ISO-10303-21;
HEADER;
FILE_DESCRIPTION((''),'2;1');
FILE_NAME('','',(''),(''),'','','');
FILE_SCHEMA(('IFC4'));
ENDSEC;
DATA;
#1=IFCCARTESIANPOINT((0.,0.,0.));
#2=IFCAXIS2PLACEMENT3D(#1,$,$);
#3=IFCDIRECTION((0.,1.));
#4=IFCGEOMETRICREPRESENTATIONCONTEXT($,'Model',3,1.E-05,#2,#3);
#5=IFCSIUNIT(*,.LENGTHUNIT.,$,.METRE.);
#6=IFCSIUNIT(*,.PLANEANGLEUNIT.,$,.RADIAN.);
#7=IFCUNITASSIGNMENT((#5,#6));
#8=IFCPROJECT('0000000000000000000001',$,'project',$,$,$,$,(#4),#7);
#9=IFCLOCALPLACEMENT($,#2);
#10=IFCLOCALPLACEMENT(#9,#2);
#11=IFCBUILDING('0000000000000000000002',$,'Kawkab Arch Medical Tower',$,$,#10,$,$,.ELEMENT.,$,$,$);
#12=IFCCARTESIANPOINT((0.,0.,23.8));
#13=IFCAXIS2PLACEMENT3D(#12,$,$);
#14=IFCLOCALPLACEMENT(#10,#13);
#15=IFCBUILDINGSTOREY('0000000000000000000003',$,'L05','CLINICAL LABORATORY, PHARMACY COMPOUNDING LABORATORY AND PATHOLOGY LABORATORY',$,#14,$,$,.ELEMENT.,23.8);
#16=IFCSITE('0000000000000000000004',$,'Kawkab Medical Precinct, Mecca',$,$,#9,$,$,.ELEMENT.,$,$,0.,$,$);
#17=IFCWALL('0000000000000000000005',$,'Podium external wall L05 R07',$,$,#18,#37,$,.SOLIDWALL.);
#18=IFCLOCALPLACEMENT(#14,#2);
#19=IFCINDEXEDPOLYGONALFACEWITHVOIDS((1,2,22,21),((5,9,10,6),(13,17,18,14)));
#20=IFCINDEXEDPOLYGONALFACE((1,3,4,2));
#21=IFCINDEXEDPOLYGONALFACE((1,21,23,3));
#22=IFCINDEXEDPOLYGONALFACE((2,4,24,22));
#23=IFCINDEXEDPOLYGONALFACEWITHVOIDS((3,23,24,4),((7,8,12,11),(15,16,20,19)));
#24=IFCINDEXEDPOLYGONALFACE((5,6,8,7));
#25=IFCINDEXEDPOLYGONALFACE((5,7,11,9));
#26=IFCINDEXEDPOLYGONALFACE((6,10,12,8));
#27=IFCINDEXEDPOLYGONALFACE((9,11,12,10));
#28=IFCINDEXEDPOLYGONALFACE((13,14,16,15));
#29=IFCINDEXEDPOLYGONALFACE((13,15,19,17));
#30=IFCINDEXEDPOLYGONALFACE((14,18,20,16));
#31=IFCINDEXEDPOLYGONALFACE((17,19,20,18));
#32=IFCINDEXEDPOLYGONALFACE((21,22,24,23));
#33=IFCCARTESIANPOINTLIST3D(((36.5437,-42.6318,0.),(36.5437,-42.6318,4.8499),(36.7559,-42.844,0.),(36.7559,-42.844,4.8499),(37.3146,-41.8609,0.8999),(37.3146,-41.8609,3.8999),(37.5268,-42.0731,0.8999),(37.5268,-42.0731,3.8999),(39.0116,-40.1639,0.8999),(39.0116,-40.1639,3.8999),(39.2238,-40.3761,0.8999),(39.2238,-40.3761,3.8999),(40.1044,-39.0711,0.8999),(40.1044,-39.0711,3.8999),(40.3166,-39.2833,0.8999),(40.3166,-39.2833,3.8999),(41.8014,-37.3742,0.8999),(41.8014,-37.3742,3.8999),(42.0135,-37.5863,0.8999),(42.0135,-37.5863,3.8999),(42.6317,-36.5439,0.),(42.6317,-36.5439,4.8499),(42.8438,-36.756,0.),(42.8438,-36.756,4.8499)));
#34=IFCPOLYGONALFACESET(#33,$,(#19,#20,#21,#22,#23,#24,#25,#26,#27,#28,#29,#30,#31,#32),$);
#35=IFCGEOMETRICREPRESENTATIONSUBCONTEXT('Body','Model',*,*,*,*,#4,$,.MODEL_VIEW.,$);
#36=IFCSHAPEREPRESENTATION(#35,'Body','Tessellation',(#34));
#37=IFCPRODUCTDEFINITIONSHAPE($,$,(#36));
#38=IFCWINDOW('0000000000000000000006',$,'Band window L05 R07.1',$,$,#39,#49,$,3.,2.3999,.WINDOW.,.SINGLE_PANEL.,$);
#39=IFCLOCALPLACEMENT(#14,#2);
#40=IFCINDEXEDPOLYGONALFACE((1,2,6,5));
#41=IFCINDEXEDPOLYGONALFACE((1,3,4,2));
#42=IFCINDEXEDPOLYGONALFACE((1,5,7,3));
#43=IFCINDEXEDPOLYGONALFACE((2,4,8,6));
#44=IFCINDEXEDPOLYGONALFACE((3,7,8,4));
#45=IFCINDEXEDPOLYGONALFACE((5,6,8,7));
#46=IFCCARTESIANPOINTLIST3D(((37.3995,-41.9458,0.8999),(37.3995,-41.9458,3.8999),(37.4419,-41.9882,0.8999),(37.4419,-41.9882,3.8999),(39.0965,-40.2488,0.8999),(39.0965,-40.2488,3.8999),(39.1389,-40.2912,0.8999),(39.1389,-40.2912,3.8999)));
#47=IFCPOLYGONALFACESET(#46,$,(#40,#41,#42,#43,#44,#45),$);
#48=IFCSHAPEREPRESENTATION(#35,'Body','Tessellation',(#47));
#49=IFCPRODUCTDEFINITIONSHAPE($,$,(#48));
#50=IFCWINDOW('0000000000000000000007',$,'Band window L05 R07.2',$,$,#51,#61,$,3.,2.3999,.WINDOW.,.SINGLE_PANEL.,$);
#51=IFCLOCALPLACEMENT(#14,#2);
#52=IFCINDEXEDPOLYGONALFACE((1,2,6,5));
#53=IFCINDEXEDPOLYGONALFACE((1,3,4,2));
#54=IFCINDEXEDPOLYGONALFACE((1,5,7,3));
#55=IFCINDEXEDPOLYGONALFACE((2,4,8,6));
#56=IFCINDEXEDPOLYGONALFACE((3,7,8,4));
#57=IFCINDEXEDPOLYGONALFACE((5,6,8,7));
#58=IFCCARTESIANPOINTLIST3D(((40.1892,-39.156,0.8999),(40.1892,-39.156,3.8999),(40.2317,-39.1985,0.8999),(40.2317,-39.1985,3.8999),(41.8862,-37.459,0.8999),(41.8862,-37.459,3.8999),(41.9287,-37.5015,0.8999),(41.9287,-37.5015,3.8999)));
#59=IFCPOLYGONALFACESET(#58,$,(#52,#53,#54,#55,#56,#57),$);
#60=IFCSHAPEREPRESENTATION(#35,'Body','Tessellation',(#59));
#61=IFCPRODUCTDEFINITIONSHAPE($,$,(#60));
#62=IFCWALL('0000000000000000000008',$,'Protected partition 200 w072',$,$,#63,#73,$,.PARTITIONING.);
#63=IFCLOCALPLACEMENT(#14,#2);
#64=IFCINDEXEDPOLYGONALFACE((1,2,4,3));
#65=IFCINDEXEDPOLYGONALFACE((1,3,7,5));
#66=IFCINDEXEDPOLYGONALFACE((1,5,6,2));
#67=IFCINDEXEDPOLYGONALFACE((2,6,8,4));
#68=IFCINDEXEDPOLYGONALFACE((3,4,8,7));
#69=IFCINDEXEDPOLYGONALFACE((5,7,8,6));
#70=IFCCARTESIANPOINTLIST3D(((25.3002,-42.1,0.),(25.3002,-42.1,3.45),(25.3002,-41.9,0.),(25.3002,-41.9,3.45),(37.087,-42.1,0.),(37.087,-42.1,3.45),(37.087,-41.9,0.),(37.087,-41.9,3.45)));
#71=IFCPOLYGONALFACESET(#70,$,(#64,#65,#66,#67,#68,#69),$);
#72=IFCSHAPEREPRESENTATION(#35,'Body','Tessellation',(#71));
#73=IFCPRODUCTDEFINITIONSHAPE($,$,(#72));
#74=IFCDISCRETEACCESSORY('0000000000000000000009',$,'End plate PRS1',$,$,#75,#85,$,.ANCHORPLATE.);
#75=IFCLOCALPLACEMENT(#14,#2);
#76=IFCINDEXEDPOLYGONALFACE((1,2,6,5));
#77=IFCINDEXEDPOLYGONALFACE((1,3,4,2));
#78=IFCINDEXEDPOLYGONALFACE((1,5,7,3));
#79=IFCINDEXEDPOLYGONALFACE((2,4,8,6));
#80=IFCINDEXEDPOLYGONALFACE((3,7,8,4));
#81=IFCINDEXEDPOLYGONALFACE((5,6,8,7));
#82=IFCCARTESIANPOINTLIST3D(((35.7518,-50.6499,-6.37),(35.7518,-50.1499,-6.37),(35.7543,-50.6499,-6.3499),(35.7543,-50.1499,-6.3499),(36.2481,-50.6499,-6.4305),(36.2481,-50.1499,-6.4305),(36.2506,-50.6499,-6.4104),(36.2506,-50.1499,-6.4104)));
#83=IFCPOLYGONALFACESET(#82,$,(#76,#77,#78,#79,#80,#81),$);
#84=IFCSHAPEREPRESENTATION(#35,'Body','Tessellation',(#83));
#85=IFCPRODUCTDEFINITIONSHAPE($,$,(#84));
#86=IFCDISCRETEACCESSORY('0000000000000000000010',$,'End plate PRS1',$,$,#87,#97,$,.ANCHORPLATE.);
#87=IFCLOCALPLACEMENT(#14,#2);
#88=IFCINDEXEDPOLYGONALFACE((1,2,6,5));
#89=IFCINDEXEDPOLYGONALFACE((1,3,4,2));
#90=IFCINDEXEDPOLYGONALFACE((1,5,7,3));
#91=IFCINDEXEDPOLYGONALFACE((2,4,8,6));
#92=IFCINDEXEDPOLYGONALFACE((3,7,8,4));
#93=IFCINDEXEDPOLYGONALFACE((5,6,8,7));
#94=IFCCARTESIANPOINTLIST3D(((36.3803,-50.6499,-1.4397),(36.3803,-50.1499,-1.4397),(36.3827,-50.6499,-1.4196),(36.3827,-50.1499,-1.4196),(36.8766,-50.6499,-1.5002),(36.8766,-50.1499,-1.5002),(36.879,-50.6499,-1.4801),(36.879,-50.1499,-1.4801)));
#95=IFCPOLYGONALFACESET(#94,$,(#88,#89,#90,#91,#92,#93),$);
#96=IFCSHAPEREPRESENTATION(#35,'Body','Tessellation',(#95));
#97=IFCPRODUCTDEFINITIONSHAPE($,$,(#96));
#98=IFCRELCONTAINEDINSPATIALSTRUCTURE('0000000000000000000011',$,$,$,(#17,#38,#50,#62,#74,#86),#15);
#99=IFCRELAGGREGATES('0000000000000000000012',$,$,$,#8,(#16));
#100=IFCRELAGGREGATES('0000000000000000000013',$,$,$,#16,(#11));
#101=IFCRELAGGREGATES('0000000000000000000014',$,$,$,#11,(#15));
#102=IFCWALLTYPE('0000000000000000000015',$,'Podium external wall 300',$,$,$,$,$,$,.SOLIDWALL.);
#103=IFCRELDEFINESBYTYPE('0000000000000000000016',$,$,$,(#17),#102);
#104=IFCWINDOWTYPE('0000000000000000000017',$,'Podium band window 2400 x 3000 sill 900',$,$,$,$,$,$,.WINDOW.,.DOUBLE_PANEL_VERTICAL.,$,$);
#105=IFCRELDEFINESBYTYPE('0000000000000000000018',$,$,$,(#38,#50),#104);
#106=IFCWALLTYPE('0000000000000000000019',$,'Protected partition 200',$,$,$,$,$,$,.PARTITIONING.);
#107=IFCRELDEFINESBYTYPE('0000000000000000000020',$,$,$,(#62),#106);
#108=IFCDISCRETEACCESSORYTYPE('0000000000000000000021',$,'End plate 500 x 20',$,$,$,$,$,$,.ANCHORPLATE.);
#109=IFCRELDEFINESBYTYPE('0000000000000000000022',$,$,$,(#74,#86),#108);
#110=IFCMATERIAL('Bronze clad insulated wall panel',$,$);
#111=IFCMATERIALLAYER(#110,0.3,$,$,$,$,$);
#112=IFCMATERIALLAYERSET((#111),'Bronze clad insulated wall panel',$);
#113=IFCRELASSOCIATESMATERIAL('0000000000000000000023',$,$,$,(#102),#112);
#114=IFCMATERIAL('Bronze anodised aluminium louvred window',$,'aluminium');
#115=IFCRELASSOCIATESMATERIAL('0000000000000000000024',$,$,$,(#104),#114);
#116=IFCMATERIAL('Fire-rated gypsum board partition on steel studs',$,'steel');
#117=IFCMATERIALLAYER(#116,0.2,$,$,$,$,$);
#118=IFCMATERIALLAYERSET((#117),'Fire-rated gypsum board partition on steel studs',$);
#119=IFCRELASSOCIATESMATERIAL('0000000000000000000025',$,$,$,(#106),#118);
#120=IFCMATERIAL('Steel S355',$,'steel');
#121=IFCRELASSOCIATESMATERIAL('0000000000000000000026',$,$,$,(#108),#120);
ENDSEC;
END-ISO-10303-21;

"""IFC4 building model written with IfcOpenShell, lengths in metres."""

from ifc_helpers import new_model, si_unit, direction, frame, frame_2d, origin, origin_2d, place, context, subcontext, project, spatial, rectangle, extrude, material, layer, layer_set, material_profile, profile_set, type_object, element, fill, save


model = new_model("IFC4")

# Units and contexts
model_context = context("Model", 3, precision=1e-05, world=origin(), true_north=direction((0.0, 1.0)))
body_context = subcontext(model_context, "Body", "Model", "MODEL_VIEW")
ifc_project = project(units=[si_unit("LENGTHUNIT", "METRE"), si_unit("PLANEANGLEUNIT", "RADIAN")], contexts=[model_context])

# Site, building, storey
site_placement = place(None, origin())
site = spatial("IfcSite", under=ifc_project, at=site_placement, Name="Kawkab Medical Precinct, Mecca", CompositionType="ELEMENT", RefElevation=0.0)
building_placement = place(site_placement, origin())
building = spatial("IfcBuilding", under=site, at=building_placement, Name="Kawkab Arch Medical Tower", CompositionType="ELEMENT")
storey_placement = place(building_placement, frame((0.0, 0.0, 23.8)))
storey = spatial("IfcBuildingStorey", under=building, at=storey_placement, Name="L05", Description="CLINICAL LABORATORY, PHARMACY COMPOUNDING LABORATORY AND PATHOLOGY LABORATORY", CompositionType="ELEMENT", Elevation=23.8)

# Wall, openings, windows
ifc_material_1 = material(Name="Bronze clad insulated wall panel")
ifc_layer_1 = layer(ifc_material_1, 0.3)
ifc_layer_set_1 = layer_set([ifc_layer_1], Name="Bronze clad insulated wall panel")
wall_type_1 = type_object("IfcWallType", Name="Podium external wall 300", PredefinedType="SOLIDWALL", material=ifc_layer_set_1)
wall_1_placement = place(storey_placement, frame((36.6499, -42.7378, 0.0), z_axis=(0.0, 0.0, 1.0), x_axis=(0.707107, 0.707107, 0.0)))
wall_1 = element("IfcWall", 1, at=wall_1_placement, inside=storey, type_object=wall_type_1, Name="Podium external wall L05 R07", PredefinedType="SOLIDWALL", context=body_context, shape_type="SweptSolid", body=[
    extrude(rectangle(XDim=8.6096, YDim=0.3, at=frame_2d((4.3047, 0.0))), origin(), (0.0, 0.0, 1.0), 4.8499),
])
opening_1_placement = place(wall_1_placement, frame((1.0901, 0.0, 0.8999)))
opening_1 = element("IfcOpeningElement", 2, at=opening_1_placement, cuts=wall_1, PredefinedType="OPENING", context=body_context, shape_type="SweptSolid", body=[
    extrude(rectangle(XDim=2.3999, YDim=3.0, at=frame_2d((1.2, 1.5))), frame((0.0, 0.1599, 0.0), z_axis=(0.0, -1.0, 0.0), x_axis=(1.0, 0.0, 0.0)), (0.0, 0.0, 1.0), 0.3201),
])
opening_2_placement = place(wall_1_placement, frame((5.0354, 0.0, 0.8999)))
opening_2 = element("IfcOpeningElement", 3, at=opening_2_placement, cuts=wall_1, PredefinedType="OPENING", context=body_context, shape_type="SweptSolid", body=[
    extrude(rectangle(XDim=2.3999, YDim=3.0, at=frame_2d((1.2, 1.5))), frame((0.0, 0.1599, 0.0), z_axis=(0.0, -1.0, 0.0), x_axis=(1.0, 0.0, 0.0)), (0.0, 0.0, 1.0), 0.3201),
])
ifc_material_2 = material(Name="Bronze anodised aluminium louvred window", Category="aluminium")
window_type = type_object("IfcWindowType", Name="Podium band window 2400 x 3000 sill 900", PartitioningType="DOUBLE_PANEL_VERTICAL", PredefinedType="WINDOW", material=ifc_material_2)
window_1_placement = place(opening_1_placement, origin())
window_1 = element("IfcWindow", 4, at=window_1_placement, inside=storey, type_object=window_type, Name="Band window L05 R07.1", OverallHeight=3.0, OverallWidth=2.3999, PartitioningType="SINGLE_PANEL", PredefinedType="WINDOW", context=body_context, shape_type="SweptSolid", body=[
    extrude(rectangle(XDim=2.3999, YDim=3.0, at=frame_2d((1.2, 1.5))), frame((0.0, 0.03, 0.0), z_axis=(0.0, -1.0, 0.0), x_axis=(1.0, 0.0, 0.0)), (0.0, 0.0, 1.0), 0.0601),
])
fill(opening_1, window_1)
window_2_placement = place(opening_2_placement, origin())
window_2 = element("IfcWindow", 5, at=window_2_placement, inside=storey, type_object=window_type, Name="Band window L05 R07.2", OverallHeight=3.0, OverallWidth=2.3999, PartitioningType="SINGLE_PANEL", PredefinedType="WINDOW", context=body_context, shape_type="SweptSolid", body=[
    extrude(rectangle(XDim=2.3999, YDim=3.0, at=frame_2d((1.2, 1.5))), frame((0.0, 0.03, 0.0), z_axis=(0.0, -1.0, 0.0), x_axis=(1.0, 0.0, 0.0)), (0.0, 0.0, 1.0), 0.0601),
])
fill(opening_2, window_2)

# Wall
ifc_material_3 = material(Name="Fire-rated gypsum board partition on steel studs", Category="steel")
ifc_layer_2 = layer(ifc_material_3, 0.2)
ifc_layer_set_2 = layer_set([ifc_layer_2], Name="Fire-rated gypsum board partition on steel studs")
wall_type_2 = type_object("IfcWallType", Name="Protected partition 200", PredefinedType="PARTITIONING", material=ifc_layer_set_2)
wall_2_placement = place(storey_placement, frame((25.3, -42.0, 0.0), z_axis=(0.0, 0.0, 1.0), x_axis=(1.0, 0.0, 0.0)))
element("IfcWall", 6, at=wall_2_placement, inside=storey, type_object=wall_type_2, Name="Protected partition 200 w072", PredefinedType="PARTITIONING", context=body_context, shape_type="SweptSolid", body=[
    extrude(rectangle(XDim=11.7869, YDim=0.2, at=frame_2d((5.8936, 0.0))), origin(), (0.0, 0.0, 1.0), 3.45),
])

# Discrete accessories
ifc_material_4 = material(Name="Steel S355", Category="steel")
ifc_material_profile_1 = material_profile(ifc_material_4, rectangle(XDim=0.5, YDim=0.5, at=origin_2d()), Name="End plate 500 x 20")
ifc_profile_set_1 = profile_set([ifc_material_profile_1], Name="Steel S355")
discrete_accessory_type = type_object("IfcDiscreteAccessoryType", Name="End plate 500 x 20", PredefinedType="ANCHORPLATE", material=ifc_profile_set_1)
for number, where, z_axis, x_axis, name in (
    (7, (36.0024, -50.3999, -6.3801), (-0.121054, 0.0, -0.992646), (0.0, -1.0, 0.0), "End plate PRS1"),
    (8, (36.6284, -50.3999, -1.47), (0.121054, 0.0, 0.992646), (0.0, 1.0, 0.0), "End plate PRS1"),
):
    element("IfcDiscreteAccessory", number, at=place(storey_placement, frame(where, z_axis=z_axis, x_axis=x_axis)), inside=storey, type_object=discrete_accessory_type, Name=name, PredefinedType="ANCHORPLATE", context=body_context, shape_type="SweptSolid", body=[
        extrude(rectangle(XDim=0.5, YDim=0.5, at=origin_2d()), origin(), (0.0, 0.0, 1.0), 0.0203),
    ])

save(model, "model.ifc")
